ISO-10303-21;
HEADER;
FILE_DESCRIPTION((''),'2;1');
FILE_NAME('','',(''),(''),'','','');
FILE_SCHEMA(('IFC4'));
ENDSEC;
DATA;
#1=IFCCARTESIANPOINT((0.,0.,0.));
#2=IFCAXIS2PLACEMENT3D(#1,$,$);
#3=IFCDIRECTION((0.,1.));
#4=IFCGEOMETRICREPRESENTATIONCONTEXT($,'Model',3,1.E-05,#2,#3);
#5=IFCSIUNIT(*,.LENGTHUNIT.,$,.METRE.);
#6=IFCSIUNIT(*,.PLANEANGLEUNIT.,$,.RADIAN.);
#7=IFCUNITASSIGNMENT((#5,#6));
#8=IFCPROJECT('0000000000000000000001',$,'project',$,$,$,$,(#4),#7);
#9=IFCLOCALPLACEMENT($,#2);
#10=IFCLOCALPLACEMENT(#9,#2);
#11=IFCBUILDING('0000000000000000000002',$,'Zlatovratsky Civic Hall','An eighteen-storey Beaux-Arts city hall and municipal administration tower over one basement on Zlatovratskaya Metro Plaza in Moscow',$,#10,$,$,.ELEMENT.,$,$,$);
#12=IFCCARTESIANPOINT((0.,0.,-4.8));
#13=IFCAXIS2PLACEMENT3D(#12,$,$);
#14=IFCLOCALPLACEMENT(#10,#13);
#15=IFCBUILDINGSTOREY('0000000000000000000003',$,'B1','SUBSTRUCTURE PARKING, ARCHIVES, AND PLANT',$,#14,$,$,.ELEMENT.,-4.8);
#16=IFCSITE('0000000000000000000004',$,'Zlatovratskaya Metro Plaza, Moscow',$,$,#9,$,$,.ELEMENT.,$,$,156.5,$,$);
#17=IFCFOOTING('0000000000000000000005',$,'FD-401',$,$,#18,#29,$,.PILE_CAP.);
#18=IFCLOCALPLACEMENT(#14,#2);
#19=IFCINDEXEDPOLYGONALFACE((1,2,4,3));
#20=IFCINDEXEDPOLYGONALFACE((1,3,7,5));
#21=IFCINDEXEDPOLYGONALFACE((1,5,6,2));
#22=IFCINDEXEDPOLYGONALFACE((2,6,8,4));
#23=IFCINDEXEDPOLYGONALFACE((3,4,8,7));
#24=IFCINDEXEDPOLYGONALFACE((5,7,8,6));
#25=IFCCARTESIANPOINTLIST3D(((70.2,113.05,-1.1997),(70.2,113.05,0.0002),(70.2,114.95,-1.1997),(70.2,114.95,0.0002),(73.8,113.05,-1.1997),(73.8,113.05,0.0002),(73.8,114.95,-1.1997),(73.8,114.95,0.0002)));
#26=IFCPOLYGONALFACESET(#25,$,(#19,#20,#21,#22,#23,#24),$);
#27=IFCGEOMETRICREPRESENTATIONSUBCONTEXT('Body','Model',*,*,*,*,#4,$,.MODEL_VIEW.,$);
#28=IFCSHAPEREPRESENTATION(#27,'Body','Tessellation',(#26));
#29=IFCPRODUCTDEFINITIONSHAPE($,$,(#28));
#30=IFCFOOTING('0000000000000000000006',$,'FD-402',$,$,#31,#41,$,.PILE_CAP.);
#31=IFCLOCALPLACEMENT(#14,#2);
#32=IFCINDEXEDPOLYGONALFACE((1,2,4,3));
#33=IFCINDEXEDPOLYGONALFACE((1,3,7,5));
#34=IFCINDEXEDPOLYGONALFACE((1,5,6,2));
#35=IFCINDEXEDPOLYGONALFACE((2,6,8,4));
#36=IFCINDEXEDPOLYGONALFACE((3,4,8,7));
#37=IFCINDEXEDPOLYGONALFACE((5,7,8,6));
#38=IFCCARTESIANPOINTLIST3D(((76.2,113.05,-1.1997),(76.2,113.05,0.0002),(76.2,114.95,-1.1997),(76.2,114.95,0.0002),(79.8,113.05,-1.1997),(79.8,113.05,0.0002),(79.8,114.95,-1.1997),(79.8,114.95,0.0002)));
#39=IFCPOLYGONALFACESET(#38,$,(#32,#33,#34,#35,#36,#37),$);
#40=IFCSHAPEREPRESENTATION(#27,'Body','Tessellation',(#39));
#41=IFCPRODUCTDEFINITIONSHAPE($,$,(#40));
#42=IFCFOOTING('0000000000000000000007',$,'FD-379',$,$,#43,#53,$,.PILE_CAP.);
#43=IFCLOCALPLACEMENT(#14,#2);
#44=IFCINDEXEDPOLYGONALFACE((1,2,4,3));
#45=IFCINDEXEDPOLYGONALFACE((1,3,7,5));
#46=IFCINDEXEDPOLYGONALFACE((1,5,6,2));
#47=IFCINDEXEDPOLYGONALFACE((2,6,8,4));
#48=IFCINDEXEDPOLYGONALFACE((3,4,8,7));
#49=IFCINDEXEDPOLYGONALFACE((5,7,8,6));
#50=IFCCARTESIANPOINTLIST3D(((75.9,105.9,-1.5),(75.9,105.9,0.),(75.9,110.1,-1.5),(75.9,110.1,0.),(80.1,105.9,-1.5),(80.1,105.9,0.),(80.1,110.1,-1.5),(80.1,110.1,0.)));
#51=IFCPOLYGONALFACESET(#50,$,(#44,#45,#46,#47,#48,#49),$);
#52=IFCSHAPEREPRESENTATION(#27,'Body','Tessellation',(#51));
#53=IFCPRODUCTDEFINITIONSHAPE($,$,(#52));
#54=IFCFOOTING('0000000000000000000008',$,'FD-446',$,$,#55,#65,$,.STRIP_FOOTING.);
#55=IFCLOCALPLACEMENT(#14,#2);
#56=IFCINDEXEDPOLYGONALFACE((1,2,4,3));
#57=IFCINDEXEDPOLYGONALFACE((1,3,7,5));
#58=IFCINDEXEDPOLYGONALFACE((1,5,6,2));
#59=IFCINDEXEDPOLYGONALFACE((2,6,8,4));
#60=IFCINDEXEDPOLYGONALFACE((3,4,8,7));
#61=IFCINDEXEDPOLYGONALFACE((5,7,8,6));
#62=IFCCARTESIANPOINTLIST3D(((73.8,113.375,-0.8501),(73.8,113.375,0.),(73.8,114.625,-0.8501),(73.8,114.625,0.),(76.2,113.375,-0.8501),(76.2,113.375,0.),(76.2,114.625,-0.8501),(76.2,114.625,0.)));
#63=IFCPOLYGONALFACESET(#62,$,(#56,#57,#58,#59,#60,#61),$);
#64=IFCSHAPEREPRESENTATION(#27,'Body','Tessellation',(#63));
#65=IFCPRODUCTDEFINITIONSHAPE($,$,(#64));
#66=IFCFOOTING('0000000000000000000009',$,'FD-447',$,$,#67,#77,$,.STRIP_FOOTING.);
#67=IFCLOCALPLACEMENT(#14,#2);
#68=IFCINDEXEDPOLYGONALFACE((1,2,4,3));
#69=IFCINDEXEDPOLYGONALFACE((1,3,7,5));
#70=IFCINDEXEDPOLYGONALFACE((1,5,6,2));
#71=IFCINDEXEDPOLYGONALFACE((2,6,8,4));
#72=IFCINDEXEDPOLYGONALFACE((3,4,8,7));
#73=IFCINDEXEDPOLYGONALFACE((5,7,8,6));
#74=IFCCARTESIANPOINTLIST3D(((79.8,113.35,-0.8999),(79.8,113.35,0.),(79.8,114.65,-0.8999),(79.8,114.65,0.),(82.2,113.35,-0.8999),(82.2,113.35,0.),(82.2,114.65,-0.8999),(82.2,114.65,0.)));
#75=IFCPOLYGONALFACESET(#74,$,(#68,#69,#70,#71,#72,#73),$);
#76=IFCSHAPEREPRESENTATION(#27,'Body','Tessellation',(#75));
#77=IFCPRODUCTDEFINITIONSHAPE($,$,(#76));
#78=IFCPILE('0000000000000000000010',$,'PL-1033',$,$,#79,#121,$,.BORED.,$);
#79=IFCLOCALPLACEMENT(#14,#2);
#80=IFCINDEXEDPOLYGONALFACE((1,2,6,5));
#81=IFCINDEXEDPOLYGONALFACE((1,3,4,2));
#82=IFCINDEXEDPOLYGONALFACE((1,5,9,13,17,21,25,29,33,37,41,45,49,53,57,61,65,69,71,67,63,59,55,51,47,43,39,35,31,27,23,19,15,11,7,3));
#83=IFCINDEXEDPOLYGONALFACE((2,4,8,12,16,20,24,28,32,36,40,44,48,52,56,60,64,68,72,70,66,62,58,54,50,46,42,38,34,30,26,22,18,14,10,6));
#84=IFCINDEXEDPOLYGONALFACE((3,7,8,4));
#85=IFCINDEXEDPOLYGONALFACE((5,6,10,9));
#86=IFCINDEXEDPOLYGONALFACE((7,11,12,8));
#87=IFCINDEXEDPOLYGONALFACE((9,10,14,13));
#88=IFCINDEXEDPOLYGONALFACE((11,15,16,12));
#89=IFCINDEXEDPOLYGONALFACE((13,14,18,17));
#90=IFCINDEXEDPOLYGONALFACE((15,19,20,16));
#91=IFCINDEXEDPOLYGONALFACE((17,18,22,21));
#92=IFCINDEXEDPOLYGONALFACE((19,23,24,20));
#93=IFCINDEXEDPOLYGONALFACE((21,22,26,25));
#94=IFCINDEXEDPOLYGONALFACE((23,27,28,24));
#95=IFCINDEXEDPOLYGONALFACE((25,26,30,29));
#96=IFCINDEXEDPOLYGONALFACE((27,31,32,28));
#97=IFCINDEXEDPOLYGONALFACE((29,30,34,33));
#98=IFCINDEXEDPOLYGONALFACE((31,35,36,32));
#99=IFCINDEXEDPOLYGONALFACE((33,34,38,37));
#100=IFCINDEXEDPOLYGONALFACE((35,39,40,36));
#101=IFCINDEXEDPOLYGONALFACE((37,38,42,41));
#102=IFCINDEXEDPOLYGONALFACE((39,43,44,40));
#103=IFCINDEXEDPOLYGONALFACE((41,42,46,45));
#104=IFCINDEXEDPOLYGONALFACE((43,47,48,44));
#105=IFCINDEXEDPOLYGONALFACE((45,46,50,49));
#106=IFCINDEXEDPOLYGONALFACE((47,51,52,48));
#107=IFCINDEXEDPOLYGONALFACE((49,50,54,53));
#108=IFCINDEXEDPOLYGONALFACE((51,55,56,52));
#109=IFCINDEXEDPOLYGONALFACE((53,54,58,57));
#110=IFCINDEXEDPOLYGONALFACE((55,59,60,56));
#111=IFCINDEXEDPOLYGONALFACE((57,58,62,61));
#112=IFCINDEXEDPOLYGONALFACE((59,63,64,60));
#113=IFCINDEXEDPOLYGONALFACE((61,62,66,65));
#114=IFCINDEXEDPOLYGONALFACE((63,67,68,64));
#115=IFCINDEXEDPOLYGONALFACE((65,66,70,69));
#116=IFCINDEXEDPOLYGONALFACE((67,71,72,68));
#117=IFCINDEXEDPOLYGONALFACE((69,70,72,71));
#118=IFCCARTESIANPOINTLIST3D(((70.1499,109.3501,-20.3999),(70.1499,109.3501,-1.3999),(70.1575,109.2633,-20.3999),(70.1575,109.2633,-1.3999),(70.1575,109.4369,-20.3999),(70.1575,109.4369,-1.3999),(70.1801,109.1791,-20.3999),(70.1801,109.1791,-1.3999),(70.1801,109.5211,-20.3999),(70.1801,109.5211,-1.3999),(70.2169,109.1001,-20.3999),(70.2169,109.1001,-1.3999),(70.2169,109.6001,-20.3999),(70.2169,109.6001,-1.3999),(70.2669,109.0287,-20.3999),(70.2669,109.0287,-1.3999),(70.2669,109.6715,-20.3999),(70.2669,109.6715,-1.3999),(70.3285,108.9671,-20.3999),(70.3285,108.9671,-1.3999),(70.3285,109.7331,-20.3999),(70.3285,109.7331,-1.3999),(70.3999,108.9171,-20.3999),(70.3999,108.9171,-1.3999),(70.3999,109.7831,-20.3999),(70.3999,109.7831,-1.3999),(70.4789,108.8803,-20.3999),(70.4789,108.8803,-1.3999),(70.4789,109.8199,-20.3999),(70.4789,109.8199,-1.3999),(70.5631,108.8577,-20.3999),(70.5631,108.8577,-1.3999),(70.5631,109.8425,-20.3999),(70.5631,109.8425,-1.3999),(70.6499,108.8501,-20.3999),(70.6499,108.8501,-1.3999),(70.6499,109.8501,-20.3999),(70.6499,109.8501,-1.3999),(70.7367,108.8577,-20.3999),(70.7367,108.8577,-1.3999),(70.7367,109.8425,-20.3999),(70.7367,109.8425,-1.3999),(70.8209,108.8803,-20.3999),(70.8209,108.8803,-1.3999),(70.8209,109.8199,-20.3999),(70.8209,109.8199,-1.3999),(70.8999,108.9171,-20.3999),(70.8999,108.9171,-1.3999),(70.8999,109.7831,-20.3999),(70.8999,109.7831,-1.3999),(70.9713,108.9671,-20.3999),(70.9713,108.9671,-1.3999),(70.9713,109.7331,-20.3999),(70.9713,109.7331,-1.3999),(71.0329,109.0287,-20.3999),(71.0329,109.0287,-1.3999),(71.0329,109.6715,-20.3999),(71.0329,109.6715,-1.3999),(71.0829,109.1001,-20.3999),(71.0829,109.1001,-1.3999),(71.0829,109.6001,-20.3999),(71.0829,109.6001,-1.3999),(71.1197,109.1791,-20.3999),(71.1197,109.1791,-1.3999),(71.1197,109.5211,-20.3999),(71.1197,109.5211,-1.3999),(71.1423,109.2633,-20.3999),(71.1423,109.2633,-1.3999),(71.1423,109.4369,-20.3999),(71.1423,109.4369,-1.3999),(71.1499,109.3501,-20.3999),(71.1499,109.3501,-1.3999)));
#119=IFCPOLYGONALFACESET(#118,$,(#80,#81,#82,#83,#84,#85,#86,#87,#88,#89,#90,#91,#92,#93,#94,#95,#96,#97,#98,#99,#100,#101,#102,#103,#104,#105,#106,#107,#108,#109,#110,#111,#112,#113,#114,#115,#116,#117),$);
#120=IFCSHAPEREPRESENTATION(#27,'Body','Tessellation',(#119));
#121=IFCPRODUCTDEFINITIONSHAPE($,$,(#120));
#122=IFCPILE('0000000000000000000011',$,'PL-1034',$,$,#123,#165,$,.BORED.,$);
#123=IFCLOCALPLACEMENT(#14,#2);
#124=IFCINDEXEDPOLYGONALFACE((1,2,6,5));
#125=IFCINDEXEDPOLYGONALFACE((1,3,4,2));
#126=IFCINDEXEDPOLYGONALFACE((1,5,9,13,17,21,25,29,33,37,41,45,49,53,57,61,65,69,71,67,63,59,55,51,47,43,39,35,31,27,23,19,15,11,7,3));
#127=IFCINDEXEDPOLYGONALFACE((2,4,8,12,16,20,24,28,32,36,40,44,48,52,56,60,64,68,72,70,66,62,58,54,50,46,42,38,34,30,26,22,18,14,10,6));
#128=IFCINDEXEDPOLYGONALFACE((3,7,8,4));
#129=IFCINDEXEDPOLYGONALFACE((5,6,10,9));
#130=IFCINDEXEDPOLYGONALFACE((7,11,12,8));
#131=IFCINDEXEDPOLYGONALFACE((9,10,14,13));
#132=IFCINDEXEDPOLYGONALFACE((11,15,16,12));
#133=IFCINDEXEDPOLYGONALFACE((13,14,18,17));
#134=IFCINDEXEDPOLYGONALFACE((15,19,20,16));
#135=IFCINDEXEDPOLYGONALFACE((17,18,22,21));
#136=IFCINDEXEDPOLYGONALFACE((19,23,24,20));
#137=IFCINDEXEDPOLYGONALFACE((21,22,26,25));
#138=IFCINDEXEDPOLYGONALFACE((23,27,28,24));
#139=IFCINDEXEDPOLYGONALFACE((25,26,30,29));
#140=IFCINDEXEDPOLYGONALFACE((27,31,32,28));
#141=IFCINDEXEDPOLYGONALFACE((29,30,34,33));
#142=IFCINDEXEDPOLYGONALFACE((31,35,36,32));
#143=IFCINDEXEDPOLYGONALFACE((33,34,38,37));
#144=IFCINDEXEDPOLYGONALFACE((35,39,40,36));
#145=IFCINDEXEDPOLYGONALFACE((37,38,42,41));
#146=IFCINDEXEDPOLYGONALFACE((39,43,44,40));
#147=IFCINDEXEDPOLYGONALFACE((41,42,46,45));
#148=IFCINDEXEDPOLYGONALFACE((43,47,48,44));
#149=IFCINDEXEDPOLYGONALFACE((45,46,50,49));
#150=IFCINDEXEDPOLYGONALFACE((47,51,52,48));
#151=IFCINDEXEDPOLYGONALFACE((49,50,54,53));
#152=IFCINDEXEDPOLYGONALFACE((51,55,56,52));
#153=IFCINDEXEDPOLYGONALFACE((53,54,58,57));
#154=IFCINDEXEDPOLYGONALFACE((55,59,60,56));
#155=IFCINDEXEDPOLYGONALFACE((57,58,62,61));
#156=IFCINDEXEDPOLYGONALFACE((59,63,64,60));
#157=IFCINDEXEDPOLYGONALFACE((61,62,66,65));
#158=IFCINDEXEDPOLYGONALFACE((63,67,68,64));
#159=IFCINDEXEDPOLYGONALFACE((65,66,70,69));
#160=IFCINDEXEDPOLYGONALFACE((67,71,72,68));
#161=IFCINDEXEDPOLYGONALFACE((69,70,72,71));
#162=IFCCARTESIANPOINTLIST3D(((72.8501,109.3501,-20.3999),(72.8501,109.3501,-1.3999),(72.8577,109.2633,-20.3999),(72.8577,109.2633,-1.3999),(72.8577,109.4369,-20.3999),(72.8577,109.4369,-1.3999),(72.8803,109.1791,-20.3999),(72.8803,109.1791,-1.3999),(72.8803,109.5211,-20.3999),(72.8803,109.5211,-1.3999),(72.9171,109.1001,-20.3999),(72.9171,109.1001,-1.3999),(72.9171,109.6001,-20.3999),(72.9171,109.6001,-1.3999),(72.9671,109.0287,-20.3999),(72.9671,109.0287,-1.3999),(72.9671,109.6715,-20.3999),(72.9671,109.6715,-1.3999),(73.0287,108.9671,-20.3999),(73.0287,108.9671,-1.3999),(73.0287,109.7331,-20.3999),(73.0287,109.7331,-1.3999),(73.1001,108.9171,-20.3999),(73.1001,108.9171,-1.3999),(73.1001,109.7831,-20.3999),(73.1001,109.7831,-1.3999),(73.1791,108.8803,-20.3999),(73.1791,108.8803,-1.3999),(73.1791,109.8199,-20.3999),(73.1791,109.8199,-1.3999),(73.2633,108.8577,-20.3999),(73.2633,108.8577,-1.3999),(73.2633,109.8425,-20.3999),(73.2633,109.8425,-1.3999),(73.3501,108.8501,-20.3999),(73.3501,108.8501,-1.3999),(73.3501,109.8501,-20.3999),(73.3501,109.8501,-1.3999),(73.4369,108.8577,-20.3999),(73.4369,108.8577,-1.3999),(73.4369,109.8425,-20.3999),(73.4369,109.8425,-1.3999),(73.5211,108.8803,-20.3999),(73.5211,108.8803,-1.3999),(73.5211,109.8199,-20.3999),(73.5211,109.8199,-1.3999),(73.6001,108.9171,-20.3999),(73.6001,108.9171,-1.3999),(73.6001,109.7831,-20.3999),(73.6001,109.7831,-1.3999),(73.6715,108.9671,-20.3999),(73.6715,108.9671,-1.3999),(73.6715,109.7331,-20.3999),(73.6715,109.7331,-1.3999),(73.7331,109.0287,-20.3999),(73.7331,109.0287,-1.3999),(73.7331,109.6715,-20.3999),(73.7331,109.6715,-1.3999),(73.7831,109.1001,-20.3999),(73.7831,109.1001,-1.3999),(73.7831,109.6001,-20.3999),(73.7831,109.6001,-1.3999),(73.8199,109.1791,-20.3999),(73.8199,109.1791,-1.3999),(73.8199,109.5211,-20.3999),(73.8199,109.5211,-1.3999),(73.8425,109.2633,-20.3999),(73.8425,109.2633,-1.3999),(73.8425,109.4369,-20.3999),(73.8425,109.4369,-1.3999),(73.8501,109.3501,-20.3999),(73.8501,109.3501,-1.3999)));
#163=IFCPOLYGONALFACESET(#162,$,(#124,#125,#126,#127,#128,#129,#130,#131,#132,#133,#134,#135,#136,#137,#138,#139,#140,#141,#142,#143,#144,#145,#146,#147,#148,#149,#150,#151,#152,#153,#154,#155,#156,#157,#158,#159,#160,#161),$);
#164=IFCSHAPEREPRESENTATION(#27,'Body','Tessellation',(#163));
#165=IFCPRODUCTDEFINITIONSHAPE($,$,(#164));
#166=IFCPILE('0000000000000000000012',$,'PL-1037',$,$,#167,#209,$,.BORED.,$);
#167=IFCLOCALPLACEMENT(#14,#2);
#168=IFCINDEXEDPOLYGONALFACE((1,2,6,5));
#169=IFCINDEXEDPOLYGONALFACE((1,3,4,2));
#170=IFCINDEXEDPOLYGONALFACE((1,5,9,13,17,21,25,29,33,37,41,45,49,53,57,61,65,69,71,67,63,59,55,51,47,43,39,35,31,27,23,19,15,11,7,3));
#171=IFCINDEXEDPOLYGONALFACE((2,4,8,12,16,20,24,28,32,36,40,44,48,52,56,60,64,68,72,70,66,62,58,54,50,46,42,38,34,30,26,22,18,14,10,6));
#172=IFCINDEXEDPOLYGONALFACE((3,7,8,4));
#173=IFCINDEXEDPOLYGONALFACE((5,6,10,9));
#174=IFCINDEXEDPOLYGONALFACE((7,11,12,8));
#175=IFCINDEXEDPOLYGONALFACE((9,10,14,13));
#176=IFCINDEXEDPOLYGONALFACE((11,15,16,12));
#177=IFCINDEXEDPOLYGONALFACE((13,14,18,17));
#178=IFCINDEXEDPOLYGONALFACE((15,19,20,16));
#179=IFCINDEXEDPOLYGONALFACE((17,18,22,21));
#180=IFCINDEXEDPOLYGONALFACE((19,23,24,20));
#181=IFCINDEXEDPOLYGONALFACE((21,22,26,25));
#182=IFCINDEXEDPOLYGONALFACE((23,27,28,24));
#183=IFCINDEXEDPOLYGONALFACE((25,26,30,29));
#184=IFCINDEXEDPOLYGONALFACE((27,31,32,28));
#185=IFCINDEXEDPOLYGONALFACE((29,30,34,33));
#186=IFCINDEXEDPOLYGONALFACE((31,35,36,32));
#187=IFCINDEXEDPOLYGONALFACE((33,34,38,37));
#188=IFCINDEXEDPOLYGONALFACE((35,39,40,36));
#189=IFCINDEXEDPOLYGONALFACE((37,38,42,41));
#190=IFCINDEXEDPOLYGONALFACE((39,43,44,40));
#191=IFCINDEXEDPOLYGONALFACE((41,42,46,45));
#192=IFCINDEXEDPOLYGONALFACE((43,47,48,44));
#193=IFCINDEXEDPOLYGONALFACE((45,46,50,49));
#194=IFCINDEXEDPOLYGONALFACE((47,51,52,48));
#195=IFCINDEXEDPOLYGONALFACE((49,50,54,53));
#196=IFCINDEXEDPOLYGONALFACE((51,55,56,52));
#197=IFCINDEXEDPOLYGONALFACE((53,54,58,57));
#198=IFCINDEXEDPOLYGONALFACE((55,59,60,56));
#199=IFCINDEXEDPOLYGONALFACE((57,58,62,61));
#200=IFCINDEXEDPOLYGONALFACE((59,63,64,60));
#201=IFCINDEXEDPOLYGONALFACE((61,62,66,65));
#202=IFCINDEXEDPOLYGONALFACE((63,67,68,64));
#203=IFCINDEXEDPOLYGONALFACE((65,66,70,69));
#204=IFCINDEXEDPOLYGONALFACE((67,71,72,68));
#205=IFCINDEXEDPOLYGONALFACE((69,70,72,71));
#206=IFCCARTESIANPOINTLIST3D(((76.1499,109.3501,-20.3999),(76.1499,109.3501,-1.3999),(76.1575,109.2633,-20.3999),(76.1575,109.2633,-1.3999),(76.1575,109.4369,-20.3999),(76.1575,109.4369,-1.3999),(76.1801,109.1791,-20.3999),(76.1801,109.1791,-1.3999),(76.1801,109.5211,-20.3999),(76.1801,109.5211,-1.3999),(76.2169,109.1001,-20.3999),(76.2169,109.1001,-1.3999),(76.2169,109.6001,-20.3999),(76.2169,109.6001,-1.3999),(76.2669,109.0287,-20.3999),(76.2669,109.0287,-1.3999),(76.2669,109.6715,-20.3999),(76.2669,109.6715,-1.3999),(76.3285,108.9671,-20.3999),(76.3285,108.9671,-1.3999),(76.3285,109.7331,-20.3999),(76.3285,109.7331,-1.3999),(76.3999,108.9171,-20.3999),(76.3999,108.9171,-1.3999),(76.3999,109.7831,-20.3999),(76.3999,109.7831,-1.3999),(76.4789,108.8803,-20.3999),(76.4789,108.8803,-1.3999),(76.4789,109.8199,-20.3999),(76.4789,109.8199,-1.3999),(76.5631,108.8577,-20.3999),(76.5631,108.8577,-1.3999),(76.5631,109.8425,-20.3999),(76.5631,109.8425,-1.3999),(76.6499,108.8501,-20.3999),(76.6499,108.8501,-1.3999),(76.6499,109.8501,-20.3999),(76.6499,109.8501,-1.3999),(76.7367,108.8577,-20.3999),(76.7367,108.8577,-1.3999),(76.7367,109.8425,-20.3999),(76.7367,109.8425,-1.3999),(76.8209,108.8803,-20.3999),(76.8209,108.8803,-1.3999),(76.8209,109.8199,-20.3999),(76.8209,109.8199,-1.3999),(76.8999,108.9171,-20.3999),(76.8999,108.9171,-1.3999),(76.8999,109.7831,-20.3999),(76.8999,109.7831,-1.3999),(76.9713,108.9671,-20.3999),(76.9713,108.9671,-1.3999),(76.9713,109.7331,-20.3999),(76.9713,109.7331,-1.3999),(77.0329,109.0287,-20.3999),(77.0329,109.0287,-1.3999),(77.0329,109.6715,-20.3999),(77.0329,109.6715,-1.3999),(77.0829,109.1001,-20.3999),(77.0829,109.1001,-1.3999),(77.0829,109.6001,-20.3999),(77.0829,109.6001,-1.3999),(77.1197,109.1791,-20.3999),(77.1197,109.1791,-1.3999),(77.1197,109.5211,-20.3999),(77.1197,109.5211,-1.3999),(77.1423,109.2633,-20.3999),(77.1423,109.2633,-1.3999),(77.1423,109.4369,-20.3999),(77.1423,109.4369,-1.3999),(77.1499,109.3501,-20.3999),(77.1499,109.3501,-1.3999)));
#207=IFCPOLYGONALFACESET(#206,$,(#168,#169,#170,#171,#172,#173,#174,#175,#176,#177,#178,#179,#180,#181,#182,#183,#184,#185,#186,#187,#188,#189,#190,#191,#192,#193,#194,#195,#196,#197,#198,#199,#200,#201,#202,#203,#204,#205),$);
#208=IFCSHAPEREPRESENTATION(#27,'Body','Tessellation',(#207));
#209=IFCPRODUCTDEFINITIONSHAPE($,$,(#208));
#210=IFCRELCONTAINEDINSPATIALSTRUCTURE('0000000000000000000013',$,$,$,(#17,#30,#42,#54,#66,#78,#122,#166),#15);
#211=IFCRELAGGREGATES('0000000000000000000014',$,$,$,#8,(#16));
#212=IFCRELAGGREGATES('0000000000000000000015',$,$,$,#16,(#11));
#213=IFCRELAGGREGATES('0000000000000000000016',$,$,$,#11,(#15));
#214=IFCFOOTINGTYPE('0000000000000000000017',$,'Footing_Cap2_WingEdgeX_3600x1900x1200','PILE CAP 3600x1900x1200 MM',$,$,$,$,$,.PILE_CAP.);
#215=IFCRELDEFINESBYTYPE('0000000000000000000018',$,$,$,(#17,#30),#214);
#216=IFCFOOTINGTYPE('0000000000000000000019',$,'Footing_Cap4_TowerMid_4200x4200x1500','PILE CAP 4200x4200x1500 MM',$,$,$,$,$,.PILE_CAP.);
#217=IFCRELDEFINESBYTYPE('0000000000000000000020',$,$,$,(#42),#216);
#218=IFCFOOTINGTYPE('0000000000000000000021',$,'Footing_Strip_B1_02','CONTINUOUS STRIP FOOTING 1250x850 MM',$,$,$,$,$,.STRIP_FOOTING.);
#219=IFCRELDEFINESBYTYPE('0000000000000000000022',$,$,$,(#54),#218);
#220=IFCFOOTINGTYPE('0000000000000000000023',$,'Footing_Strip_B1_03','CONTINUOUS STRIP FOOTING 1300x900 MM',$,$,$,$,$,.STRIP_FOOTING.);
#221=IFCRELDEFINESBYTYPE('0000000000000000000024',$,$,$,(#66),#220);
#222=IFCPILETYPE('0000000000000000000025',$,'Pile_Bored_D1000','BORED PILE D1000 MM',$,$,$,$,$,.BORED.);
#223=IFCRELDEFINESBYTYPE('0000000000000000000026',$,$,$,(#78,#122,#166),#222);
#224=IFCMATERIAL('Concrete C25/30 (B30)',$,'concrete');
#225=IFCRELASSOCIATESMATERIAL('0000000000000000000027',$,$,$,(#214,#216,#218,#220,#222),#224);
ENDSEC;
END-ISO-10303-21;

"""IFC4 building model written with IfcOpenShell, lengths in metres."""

from ifc_helpers import new_model, si_unit, direction, frame, origin, origin_2d, place, context, subcontext, project, spatial, rectangle, circle, extrude, material, material_profile, profile_set, type_object, element, save


model = new_model("IFC4")

# Units and contexts
model_context = context("Model", 3, precision=1e-05, world=origin(), true_north=direction((0.0, 1.0)))
body_context = subcontext(model_context, "Body", "Model", "MODEL_VIEW")
ifc_project = project(units=[si_unit("LENGTHUNIT", "METRE"), si_unit("PLANEANGLEUNIT", "RADIAN")], contexts=[model_context])

# Site, building, storey
site_placement = place(None, origin())
site = spatial("IfcSite", under=ifc_project, at=site_placement, Name="Zlatovratskaya Metro Plaza, Moscow", CompositionType="ELEMENT", RefElevation=156.5)
building_placement = place(site_placement, origin())
building = spatial("IfcBuilding", under=site, at=building_placement, Name="Zlatovratsky Civic Hall", Description="An eighteen-storey Beaux-Arts city hall and municipal administration tower over one basement on Zlatovratskaya Metro Plaza in Moscow", CompositionType="ELEMENT")
storey_placement = place(building_placement, frame((0.0, 0.0, -4.8)))
storey = spatial("IfcBuildingStorey", under=building, at=storey_placement, Name="B1", Description="SUBSTRUCTURE PARKING, ARCHIVES, AND PLANT", CompositionType="ELEMENT", Elevation=-4.8)

# Footings
ifc_material_1 = material(Name="Concrete C25/30 (B30)", Category="concrete")
footing_type_1 = type_object("IfcFootingType", Name="Footing_Cap2_WingEdgeX_3600x1900x1200", Description="PILE CAP 3600x1900x1200 MM", PredefinedType="PILE_CAP", material=ifc_material_1)
for number, where, z_axis, x_axis, name in (
    (1, (72.0, 114.0, -1.1997), (0.0, 0.0, 1.0), (1.0, 0.0, 0.0), "FD-401"),
    (2, (78.0, 114.0, -1.1997), (0.0, 0.0, 1.0), (1.0, 0.0, 0.0), "FD-402"),
):
    element("IfcFooting", number, at=place(storey_placement, frame(where, z_axis=z_axis, x_axis=x_axis)), inside=storey, type_object=footing_type_1, Name=name, PredefinedType="PILE_CAP", context=body_context, shape_type="SweptSolid", body=[
        extrude(rectangle(XDim=3.6001, YDim=1.8999, at=origin_2d()), origin(), (0.0, 0.0, 1.0), 1.2),
    ])
footing_type_2 = type_object("IfcFootingType", Name="Footing_Cap4_TowerMid_4200x4200x1500", Description="PILE CAP 4200x4200x1500 MM", PredefinedType="PILE_CAP", material=ifc_material_1)
footing_1_placement = place(storey_placement, frame((78.0, 108.0, -1.5), z_axis=(0.0, 0.0, 1.0), x_axis=(1.0, 0.0, 0.0)))
element("IfcFooting", 3, at=footing_1_placement, inside=storey, type_object=footing_type_2, Name="FD-379", PredefinedType="PILE_CAP", context=body_context, shape_type="SweptSolid", body=[
    extrude(rectangle(XDim=4.2, YDim=4.2, at=origin_2d()), origin(), (0.0, 0.0, 1.0), 1.5),
])
footing_type_3 = type_object("IfcFootingType", Name="Footing_Strip_B1_02", Description="CONTINUOUS STRIP FOOTING 1250x850 MM", PredefinedType="STRIP_FOOTING", material=ifc_material_1)
footing_2_placement = place(storey_placement, frame((75.0, 114.0, -0.8501), z_axis=(0.0, 0.0, 1.0), x_axis=(1.0, 0.0, 0.0)))
element("IfcFooting", 4, at=footing_2_placement, inside=storey, type_object=footing_type_3, Name="FD-446", PredefinedType="STRIP_FOOTING", context=body_context, shape_type="SweptSolid", body=[
    extrude(rectangle(XDim=2.3999, YDim=1.25, at=origin_2d()), origin(), (0.0, 0.0, 1.0), 0.8501),
])
footing_type_4 = type_object("IfcFootingType", Name="Footing_Strip_B1_03", Description="CONTINUOUS STRIP FOOTING 1300x900 MM", PredefinedType="STRIP_FOOTING", material=ifc_material_1)
footing_3_placement = place(storey_placement, frame((81.0, 114.0, -0.8999), z_axis=(0.0, 0.0, 1.0), x_axis=(1.0, 0.0, 0.0)))
element("IfcFooting", 5, at=footing_3_placement, inside=storey, type_object=footing_type_4, Name="FD-447", PredefinedType="STRIP_FOOTING", context=body_context, shape_type="SweptSolid", body=[
    extrude(rectangle(XDim=2.3999, YDim=1.3, at=origin_2d()), origin(), (0.0, 0.0, 1.0), 0.8999),
])

# Piles
ifc_material_profile_1 = material_profile(ifc_material_1, circle(Radius=0.5, at=origin_2d()), Name="PILE D1000")
ifc_profile_set_1 = profile_set([ifc_material_profile_1], Name="Concrete C25/30 (B30)")
pile_type_1 = type_object("IfcPileType", Name="Pile_Bored_D1000", Description="BORED PILE D1000 MM", PredefinedType="BORED", material=ifc_profile_set_1)
for number, where, z_axis, x_axis, name in (
    (6, (70.6499, 109.3501, -1.3999), (0.0, 0.0, -1.0), (1.0, 0.0, 0.0), "PL-1033"),
    (7, (73.3501, 109.3501, -1.3999), (0.0, 0.0, -1.0), (1.0, 0.0, 0.0), "PL-1034"),
    (8, (76.6499, 109.3501, -1.3999), (0.0, 0.0, -1.0), (1.0, 0.0, 0.0), "PL-1037"),
):
    element("IfcPile", number, at=place(storey_placement, frame(where, z_axis=z_axis, x_axis=x_axis)), inside=storey, type_object=pile_type_1, Name=name, PredefinedType="BORED", context=body_context, shape_type="SweptSolid", body=[
        extrude(circle(Radius=0.5, at=origin_2d()), origin(), (0.0, 0.0, 1.0), 19.0),
    ])

save(model, "model.ifc")
